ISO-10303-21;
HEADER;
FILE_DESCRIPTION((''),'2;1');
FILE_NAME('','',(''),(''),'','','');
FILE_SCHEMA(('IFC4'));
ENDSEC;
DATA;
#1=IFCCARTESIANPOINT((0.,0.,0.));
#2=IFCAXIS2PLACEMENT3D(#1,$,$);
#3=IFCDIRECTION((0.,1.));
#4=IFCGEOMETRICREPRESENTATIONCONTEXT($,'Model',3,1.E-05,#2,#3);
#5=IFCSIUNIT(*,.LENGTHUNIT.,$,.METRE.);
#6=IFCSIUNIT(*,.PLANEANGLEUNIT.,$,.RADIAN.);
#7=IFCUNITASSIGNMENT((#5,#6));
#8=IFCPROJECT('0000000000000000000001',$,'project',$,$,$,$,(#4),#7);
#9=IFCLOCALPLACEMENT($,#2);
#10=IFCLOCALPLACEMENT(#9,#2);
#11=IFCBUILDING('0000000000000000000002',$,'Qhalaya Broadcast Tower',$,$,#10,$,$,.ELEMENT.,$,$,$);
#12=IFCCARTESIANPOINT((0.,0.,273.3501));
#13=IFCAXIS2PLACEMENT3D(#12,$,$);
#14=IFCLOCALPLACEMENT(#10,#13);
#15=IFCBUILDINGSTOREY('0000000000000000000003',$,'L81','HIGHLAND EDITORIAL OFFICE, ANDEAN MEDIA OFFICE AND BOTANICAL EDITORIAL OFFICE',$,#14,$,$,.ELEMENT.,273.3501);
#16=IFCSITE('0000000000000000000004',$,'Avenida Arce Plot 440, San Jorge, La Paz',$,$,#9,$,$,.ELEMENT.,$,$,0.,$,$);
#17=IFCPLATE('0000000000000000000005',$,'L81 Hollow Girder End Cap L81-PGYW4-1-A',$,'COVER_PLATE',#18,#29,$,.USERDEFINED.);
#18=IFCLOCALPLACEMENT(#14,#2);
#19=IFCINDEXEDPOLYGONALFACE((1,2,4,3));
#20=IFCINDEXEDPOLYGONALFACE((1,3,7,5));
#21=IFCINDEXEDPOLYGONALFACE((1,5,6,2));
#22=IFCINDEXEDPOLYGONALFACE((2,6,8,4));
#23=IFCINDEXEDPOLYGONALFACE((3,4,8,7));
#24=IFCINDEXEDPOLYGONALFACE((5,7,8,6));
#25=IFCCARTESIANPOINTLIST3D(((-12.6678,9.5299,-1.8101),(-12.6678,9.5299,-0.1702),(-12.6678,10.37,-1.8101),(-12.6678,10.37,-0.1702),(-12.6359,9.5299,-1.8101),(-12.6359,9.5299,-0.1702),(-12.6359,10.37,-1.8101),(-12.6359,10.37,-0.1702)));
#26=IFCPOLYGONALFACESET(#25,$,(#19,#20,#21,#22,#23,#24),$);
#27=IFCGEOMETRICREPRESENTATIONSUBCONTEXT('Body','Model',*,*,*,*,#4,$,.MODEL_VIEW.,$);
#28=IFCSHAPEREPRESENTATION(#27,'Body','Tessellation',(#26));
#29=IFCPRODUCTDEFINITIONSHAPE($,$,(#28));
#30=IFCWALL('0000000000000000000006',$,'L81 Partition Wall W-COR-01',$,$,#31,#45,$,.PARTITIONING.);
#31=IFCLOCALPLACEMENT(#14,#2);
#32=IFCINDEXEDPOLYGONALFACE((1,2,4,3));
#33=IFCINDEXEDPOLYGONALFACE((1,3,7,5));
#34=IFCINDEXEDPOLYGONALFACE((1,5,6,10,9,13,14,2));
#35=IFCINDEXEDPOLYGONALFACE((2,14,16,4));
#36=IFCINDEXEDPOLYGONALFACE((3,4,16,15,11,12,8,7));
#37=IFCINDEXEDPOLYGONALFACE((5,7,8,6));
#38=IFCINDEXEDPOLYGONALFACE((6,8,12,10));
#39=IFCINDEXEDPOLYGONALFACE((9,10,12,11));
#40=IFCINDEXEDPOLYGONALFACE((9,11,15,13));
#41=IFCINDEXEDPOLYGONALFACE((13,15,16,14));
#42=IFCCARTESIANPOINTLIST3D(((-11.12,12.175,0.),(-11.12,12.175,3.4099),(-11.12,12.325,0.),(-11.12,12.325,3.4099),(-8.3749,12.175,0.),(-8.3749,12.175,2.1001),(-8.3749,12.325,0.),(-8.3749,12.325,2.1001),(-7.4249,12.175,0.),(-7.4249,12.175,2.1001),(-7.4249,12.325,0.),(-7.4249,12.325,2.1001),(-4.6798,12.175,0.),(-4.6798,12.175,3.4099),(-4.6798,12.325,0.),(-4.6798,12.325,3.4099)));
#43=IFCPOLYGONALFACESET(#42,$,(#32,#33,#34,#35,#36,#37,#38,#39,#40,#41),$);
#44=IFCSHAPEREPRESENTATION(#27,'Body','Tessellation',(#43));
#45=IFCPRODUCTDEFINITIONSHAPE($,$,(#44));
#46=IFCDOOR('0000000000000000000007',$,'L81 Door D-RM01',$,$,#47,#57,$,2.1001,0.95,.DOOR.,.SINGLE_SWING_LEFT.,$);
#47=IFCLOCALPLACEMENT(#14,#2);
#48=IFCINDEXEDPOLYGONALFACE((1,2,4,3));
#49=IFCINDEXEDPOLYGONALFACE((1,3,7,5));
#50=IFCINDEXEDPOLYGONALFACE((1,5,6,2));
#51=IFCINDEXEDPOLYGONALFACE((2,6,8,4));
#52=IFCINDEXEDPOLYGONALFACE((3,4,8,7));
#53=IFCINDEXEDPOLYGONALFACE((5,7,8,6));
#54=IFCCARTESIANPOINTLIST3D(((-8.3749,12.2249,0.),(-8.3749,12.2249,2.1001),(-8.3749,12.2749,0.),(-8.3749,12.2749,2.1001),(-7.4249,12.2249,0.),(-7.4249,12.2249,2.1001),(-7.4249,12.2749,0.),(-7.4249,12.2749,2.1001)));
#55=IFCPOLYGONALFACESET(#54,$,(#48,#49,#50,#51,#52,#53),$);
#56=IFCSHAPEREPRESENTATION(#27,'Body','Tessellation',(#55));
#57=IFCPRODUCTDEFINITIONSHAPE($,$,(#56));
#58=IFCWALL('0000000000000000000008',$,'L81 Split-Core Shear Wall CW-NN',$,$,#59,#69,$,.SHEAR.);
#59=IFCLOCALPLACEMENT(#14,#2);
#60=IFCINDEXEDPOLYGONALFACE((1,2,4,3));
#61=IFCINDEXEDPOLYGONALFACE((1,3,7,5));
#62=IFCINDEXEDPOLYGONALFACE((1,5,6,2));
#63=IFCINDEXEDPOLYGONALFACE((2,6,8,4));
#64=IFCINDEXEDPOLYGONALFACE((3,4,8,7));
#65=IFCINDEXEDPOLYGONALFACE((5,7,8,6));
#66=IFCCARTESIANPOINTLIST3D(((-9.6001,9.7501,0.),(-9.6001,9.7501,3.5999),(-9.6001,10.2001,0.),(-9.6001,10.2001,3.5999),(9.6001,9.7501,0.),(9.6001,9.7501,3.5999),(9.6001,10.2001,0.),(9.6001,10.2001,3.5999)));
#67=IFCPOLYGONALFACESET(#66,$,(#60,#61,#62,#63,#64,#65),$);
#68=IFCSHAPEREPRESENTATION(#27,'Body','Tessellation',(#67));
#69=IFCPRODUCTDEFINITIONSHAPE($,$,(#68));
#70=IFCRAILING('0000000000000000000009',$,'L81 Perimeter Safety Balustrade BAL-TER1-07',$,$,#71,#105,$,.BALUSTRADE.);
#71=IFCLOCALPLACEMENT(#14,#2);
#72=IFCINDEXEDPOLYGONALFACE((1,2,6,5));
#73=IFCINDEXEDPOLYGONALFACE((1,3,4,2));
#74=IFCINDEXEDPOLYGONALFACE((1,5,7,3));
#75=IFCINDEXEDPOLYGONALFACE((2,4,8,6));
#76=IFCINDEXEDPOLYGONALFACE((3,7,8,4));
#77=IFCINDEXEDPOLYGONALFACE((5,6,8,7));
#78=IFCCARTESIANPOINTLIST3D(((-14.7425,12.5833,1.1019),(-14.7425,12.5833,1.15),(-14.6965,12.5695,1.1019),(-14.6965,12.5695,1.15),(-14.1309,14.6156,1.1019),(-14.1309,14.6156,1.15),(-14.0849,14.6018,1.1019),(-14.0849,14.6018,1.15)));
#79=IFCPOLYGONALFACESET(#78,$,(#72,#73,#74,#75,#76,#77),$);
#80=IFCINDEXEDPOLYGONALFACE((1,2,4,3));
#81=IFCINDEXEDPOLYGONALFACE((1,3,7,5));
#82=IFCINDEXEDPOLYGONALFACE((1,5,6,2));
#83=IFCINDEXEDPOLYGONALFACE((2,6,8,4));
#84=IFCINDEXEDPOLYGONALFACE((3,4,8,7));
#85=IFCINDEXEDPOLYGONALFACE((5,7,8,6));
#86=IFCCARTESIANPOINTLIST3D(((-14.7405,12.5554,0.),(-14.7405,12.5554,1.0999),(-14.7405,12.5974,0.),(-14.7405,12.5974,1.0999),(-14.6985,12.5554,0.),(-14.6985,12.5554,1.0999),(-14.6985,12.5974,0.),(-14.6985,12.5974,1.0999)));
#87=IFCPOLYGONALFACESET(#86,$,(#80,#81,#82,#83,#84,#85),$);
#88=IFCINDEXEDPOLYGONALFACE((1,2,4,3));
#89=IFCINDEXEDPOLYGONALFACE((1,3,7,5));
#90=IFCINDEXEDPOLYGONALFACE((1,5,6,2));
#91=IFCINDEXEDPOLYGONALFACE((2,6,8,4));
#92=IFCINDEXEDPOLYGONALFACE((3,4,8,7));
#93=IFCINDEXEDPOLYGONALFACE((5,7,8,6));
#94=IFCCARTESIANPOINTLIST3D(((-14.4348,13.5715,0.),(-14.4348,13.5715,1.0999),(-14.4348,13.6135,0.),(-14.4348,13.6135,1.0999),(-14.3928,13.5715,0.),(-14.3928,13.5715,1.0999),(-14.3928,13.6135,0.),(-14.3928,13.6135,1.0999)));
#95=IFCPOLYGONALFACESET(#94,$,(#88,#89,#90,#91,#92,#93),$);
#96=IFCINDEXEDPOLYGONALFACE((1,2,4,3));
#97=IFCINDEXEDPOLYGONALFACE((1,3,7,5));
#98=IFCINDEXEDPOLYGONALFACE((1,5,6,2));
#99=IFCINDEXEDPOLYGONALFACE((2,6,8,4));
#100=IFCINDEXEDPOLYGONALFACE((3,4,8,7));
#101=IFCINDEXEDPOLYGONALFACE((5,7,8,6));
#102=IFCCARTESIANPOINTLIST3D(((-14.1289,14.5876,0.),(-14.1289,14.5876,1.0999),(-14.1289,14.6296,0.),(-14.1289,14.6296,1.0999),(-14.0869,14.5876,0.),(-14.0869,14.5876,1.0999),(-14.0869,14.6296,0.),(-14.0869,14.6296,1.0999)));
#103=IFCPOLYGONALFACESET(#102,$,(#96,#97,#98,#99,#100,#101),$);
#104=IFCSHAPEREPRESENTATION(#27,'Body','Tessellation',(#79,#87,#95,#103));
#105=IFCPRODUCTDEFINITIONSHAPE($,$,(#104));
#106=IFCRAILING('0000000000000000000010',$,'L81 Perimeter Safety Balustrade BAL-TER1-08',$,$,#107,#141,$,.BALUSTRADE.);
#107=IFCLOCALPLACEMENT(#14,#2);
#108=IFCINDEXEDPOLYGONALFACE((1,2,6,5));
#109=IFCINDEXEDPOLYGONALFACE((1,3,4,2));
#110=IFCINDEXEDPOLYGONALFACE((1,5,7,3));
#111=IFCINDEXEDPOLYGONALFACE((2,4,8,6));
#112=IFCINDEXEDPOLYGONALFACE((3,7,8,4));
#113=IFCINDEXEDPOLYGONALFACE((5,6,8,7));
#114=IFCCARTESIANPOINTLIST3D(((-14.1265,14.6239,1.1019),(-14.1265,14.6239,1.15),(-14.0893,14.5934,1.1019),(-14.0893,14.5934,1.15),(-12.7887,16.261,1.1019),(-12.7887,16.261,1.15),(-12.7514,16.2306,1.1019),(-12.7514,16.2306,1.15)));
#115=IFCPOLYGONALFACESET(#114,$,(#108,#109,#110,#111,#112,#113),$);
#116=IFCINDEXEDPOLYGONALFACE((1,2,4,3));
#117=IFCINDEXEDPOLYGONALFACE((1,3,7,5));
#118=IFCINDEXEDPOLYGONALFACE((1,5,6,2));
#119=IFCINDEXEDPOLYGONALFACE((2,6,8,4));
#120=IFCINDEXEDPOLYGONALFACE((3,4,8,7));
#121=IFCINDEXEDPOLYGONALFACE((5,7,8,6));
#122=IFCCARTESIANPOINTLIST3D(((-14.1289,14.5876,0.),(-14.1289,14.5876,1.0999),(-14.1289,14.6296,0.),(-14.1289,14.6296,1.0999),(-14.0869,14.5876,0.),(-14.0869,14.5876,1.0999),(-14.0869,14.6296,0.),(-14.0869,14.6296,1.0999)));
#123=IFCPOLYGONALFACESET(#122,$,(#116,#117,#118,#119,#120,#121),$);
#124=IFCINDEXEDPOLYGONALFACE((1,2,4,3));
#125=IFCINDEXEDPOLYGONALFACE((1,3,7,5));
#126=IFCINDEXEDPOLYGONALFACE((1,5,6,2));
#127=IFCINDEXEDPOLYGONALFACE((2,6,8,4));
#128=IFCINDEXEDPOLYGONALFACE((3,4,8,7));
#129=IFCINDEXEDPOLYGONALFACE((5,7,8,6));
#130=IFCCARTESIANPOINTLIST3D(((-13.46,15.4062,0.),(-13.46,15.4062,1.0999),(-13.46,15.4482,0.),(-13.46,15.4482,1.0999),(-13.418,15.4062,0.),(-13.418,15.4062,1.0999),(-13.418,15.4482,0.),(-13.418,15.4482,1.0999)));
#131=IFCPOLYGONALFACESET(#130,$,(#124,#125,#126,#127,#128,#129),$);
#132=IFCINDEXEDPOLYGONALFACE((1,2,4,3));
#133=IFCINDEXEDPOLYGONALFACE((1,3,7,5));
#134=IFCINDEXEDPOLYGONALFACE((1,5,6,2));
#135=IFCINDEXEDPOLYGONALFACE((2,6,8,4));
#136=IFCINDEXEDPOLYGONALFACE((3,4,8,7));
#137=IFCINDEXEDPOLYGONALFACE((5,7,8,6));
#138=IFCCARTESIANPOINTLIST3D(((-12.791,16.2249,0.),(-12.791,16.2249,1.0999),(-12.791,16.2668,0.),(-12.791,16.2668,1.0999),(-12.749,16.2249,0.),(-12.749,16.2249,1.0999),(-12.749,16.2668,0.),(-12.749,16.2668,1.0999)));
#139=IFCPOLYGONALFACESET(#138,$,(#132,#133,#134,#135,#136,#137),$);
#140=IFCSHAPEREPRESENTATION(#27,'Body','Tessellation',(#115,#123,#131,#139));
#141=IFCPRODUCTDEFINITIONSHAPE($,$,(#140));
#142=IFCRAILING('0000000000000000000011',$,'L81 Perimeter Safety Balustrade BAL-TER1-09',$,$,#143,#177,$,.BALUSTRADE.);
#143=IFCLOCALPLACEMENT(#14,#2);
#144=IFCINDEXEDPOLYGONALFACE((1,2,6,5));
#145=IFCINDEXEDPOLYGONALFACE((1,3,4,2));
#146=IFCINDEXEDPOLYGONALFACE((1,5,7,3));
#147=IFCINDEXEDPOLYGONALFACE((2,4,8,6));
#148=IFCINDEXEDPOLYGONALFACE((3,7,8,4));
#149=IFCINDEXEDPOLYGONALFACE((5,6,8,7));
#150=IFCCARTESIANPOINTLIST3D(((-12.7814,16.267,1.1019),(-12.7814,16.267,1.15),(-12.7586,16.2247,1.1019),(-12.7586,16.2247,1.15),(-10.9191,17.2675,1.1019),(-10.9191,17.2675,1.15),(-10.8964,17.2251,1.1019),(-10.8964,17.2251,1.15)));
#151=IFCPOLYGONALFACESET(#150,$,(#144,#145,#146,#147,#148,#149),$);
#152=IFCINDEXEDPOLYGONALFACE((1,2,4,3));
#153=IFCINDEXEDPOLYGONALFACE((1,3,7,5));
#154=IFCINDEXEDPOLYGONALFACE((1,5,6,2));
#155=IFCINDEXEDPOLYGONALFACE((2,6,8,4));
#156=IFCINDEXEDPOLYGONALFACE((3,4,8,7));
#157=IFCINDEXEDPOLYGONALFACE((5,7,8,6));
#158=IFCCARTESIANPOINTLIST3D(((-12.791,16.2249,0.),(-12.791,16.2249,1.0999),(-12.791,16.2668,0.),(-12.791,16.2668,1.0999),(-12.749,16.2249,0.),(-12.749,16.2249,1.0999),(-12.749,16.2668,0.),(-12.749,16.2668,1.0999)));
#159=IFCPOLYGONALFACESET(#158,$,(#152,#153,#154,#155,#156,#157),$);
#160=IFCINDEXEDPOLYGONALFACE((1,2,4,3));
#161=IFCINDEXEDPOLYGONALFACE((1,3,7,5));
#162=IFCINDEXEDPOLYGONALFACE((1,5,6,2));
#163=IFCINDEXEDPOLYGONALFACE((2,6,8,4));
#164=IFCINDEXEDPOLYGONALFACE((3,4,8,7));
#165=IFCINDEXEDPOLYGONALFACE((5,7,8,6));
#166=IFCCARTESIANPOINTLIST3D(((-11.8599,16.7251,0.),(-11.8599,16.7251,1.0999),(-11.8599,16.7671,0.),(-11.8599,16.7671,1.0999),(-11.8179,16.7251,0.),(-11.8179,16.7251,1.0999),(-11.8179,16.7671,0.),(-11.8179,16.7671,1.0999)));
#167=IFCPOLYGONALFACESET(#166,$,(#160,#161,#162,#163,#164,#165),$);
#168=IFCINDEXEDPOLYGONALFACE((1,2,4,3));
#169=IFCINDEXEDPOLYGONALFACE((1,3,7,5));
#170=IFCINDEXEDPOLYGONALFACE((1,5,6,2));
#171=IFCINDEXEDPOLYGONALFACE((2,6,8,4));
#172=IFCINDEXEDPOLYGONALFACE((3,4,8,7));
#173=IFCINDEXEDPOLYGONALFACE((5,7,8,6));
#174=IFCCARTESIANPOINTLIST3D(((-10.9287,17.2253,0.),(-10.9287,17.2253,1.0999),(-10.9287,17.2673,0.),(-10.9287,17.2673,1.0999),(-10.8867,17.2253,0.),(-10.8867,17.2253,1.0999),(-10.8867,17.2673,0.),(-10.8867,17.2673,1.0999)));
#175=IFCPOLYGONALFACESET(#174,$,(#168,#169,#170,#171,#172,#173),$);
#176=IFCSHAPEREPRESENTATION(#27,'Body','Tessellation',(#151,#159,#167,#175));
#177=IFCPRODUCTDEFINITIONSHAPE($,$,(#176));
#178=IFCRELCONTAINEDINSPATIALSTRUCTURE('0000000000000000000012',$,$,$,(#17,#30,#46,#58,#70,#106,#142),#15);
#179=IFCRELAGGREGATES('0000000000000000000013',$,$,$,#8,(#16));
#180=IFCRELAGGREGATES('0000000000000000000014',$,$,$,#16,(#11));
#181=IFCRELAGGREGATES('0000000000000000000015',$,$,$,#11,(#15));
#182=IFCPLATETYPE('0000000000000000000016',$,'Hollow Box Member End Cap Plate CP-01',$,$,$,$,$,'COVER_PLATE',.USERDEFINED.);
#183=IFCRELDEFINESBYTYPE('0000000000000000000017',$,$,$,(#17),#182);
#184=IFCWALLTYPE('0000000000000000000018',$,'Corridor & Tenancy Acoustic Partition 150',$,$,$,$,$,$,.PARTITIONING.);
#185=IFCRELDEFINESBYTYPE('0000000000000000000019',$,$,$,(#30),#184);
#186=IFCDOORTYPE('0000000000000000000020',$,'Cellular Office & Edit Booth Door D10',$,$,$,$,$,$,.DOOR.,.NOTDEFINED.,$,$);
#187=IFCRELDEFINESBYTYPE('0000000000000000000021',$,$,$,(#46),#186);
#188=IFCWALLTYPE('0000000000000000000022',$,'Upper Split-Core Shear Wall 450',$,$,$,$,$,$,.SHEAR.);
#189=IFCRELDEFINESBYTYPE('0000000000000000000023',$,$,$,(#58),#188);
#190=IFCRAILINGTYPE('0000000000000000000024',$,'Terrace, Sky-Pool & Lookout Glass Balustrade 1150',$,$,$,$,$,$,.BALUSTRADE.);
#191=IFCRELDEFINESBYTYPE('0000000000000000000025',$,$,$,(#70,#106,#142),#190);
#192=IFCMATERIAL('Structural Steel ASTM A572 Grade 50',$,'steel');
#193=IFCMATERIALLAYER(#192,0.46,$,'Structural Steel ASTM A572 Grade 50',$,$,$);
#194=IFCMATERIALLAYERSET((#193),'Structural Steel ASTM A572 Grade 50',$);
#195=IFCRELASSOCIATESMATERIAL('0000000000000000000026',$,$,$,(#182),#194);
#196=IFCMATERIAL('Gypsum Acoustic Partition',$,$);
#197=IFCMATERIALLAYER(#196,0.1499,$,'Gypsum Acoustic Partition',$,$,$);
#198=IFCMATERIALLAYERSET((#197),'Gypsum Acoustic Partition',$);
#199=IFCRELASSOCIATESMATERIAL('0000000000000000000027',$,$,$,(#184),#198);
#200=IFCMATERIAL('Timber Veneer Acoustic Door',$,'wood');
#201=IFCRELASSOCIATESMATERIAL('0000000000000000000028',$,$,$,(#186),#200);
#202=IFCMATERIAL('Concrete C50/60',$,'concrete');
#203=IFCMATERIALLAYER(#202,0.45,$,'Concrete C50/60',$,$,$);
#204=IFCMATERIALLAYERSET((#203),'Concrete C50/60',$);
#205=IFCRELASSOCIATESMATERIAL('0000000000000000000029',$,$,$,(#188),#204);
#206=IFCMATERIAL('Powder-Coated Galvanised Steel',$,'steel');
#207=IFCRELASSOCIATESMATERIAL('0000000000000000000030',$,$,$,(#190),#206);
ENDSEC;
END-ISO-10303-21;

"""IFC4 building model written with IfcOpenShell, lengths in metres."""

from ifc_helpers import new_model, si_unit, direction, frame, frame_2d, origin, origin_2d, place, context, subcontext, project, spatial, rectangle, extrude, material, layer, layer_set, type_object, element, fill, save


model = new_model("IFC4")

# Units and contexts
model_context = context("Model", 3, precision=1e-05, world=origin(), true_north=direction((0.0, 1.0)))
body_context = subcontext(model_context, "Body", "Model", "MODEL_VIEW")
ifc_project = project(units=[si_unit("LENGTHUNIT", "METRE"), si_unit("PLANEANGLEUNIT", "RADIAN")], contexts=[model_context])

# Site, building, storey
site_placement = place(None, origin())
site = spatial("IfcSite", under=ifc_project, at=site_placement, Name="Avenida Arce Plot 440, San Jorge, La Paz", CompositionType="ELEMENT", RefElevation=0.0)
building_placement = place(site_placement, origin())
building = spatial("IfcBuilding", under=site, at=building_placement, Name="Qhalaya Broadcast Tower", CompositionType="ELEMENT")
storey_placement = place(building_placement, frame((0.0, 0.0, 273.3501)))
storey = spatial("IfcBuildingStorey", under=building, at=storey_placement, Name="L81", Description="HIGHLAND EDITORIAL OFFICE, ANDEAN MEDIA OFFICE AND BOTANICAL EDITORIAL OFFICE", CompositionType="ELEMENT", Elevation=273.3501)

# Shared definitions
ifc_material_1 = material(Name="Structural Steel ASTM A572 Grade 50", Category="steel")

# Plate
ifc_layer_1 = layer(ifc_material_1, 0.46, Name="Structural Steel ASTM A572 Grade 50")
ifc_layer_set_1 = layer_set([ifc_layer_1], Name="Structural Steel ASTM A572 Grade 50")
plate_type = type_object("IfcPlateType", Name="Hollow Box Member End Cap Plate CP-01", ElementType="COVER_PLATE", PredefinedType="USERDEFINED", material=ifc_layer_set_1)
for number, where, z_axis, x_axis, name in (
    (1, (-12.6519, 9.95, -1.8101), (0.0, 0.0, 1.0), (0.0, 1.0, 0.0), "L81 Hollow Girder End Cap L81-PGYW4-1-A"),
):
    element("IfcPlate", number, at=place(storey_placement, frame(where, z_axis=z_axis, x_axis=x_axis)), inside=storey, type_object=plate_type, Name=name, ObjectType="COVER_PLATE", PredefinedType="USERDEFINED", context=body_context, shape_type="SweptSolid", body=[
        extrude(rectangle(XDim=0.8401, YDim=0.032, at=origin_2d()), origin(), (0.0, 0.0, 1.0), 1.6399),
    ])

# Wall, opening, door
ifc_material_2 = material(Name="Gypsum Acoustic Partition")
ifc_layer_2 = layer(ifc_material_2, 0.1499, Name="Gypsum Acoustic Partition")
ifc_layer_set_2 = layer_set([ifc_layer_2], Name="Gypsum Acoustic Partition")
wall_type_1 = type_object("IfcWallType", Name="Corridor & Tenancy Acoustic Partition 150", PredefinedType="PARTITIONING", material=ifc_layer_set_2)
wall_1_placement = place(storey_placement, frame((-11.1201, 12.25, 0.0), z_axis=(0.0, 0.0, 1.0), x_axis=(1.0, 0.0, 0.0)))
wall_1 = element("IfcWall", 2, at=wall_1_placement, inside=storey, type_object=wall_type_1, Name="L81 Partition Wall W-COR-01", PredefinedType="PARTITIONING", context=body_context, shape_type="SweptSolid", body=[
    extrude(rectangle(XDim=6.4402, YDim=0.1499, at=frame_2d((3.2202, 0.0))), origin(), (0.0, 0.0, 1.0), 3.4099),
])
opening_placement = place(wall_1_placement, frame((2.7451, 0.0, 0.0)))
opening = element("IfcOpeningElement", 3, at=opening_placement, cuts=wall_1, PredefinedType="OPENING", context=body_context, shape_type="SweptSolid", body=[
    extrude(rectangle(XDim=0.95, YDim=2.1001, at=frame_2d((0.4751, 1.05))), frame((0.0, 0.0869, 0.0), z_axis=(0.0, -1.0, 0.0), x_axis=(1.0, 0.0, 0.0)), (0.0, 0.0, 1.0), 0.1738),
])
ifc_material_3 = material(Name="Timber Veneer Acoustic Door", Category="wood")
door_type = type_object("IfcDoorType", Name="Cellular Office & Edit Booth Door D10", OperationType="NOTDEFINED", PredefinedType="DOOR", material=ifc_material_3)
door_placement = place(opening_placement, origin())
door = element("IfcDoor", 4, at=door_placement, inside=storey, type_object=door_type, Name="L81 Door D-RM01", OperationType="SINGLE_SWING_LEFT", OverallHeight=2.1001, OverallWidth=0.95, PredefinedType="DOOR", context=body_context, shape_type="SweptSolid", body=[
    extrude(rectangle(XDim=0.95, YDim=2.1001, at=frame_2d((0.4751, 1.05))), frame((0.0, 0.0249, 0.0), z_axis=(0.0, -1.0, 0.0), x_axis=(1.0, 0.0, 0.0)), (0.0, 0.0, 1.0), 0.05),
])
fill(opening, door)

# Wall
ifc_material_4 = material(Name="Concrete C50/60", Category="concrete")
ifc_layer_3 = layer(ifc_material_4, 0.45, Name="Concrete C50/60")
ifc_layer_set_3 = layer_set([ifc_layer_3], Name="Concrete C50/60")
wall_type_2 = type_object("IfcWallType", Name="Upper Split-Core Shear Wall 450", PredefinedType="SHEAR", material=ifc_layer_set_3)
wall_2_placement = place(storey_placement, frame((-9.6001, 9.9751, 0.0), z_axis=(0.0, 0.0, 1.0), x_axis=(1.0, 0.0, 0.0)))
element("IfcWall", 5, at=wall_2_placement, inside=storey, type_object=wall_type_2, Name="L81 Split-Core Shear Wall CW-NN", PredefinedType="SHEAR", context=body_context, shape_type="SweptSolid", body=[
    extrude(rectangle(XDim=19.2002, YDim=0.45, at=frame_2d((9.6001, 0.0))), origin(), (0.0, 0.0, 1.0), 3.5999),
])

# Railings
ifc_material_5 = material(Name="Powder-Coated Galvanised Steel", Category="steel")
railing_type = type_object("IfcRailingType", Name="Terrace, Sky-Pool & Lookout Glass Balustrade 1150", PredefinedType="BALUSTRADE", material=ifc_material_5)
railing_1_placement = place(storey_placement, frame((-14.7195, 12.5764, 0.0)))
element("IfcRailing", 6, at=railing_1_placement, inside=storey, type_object=railing_type, Name="L81 Perimeter Safety Balustrade BAL-TER1-07", PredefinedType="BALUSTRADE", context=body_context, shape_type="SweptSolid", body=[
    extrude(rectangle(XDim=0.0481, YDim=0.0481, at=origin_2d()), frame((0.0, 0.0, 1.126), z_axis=(0.288171, 0.957579, 0.0), x_axis=(-0.957579, 0.288171, 0.0)), (0.0, 0.0, 1.0), 2.1223),
    extrude(rectangle(XDim=0.042, YDim=0.042, at=origin_2d()), origin(), (0.0, 0.0, 1.0), 1.0999),
    extrude(rectangle(XDim=0.042, YDim=0.042, at=origin_2d()), frame((0.3057, 1.0161, 0.0)), (0.0, 0.0, 1.0), 1.0999),
    extrude(rectangle(XDim=0.042, YDim=0.042, at=origin_2d()), frame((0.6116, 2.0322, 0.0)), (0.0, 0.0, 1.0), 1.0999),
])
railing_2_placement = place(storey_placement, frame((-14.1079, 14.6086, 0.0)))
element("IfcRailing", 7, at=railing_2_placement, inside=storey, type_object=railing_type, Name="L81 Perimeter Safety Balustrade BAL-TER1-08", PredefinedType="BALUSTRADE", context=body_context, shape_type="SweptSolid", body=[
    extrude(rectangle(XDim=0.0481, YDim=0.0481, at=origin_2d()), frame((0.0, 0.0, 1.126), z_axis=(0.632772, 0.774338, 0.0), x_axis=(-0.774338, 0.632772, 0.0)), (0.0, 0.0, 1.0), 2.1143),
    extrude(rectangle(XDim=0.042, YDim=0.042, at=origin_2d()), origin(), (0.0, 0.0, 1.0), 1.0999),
    extrude(rectangle(XDim=0.042, YDim=0.042, at=origin_2d()), frame((0.6689, 0.8186, 0.0)), (0.0, 0.0, 1.0), 1.0999),
    extrude(rectangle(XDim=0.042, YDim=0.042, at=origin_2d()), frame((1.3379, 1.6372, 0.0)), (0.0, 0.0, 1.0), 1.0999),
])
railing_3_placement = place(storey_placement, frame((-12.77, 16.2458, 0.0)))
element("IfcRailing", 8, at=railing_3_placement, inside=storey, type_object=railing_type, Name="L81 Perimeter Safety Balustrade BAL-TER1-09", PredefinedType="BALUSTRADE", context=body_context, shape_type="SweptSolid", body=[
    extrude(rectangle(XDim=0.0481, YDim=0.0481, at=origin_2d()), frame((0.0, 0.0, 1.126), z_axis=(0.880923, 0.473259, 0.0), x_axis=(-0.473259, 0.880923, 0.0)), (0.0, 0.0, 1.0), 2.114),
    extrude(rectangle(XDim=0.042, YDim=0.042, at=origin_2d()), origin(), (0.0, 0.0, 1.0), 1.0999),
    extrude(rectangle(XDim=0.042, YDim=0.042, at=origin_2d()), frame((0.9312, 0.5002, 0.0)), (0.0, 0.0, 1.0), 1.0999),
    extrude(rectangle(XDim=0.042, YDim=0.042, at=origin_2d()), frame((1.8623, 1.0005, 0.0)), (0.0, 0.0, 1.0), 1.0999),
])

save(model, "model.ifc")
